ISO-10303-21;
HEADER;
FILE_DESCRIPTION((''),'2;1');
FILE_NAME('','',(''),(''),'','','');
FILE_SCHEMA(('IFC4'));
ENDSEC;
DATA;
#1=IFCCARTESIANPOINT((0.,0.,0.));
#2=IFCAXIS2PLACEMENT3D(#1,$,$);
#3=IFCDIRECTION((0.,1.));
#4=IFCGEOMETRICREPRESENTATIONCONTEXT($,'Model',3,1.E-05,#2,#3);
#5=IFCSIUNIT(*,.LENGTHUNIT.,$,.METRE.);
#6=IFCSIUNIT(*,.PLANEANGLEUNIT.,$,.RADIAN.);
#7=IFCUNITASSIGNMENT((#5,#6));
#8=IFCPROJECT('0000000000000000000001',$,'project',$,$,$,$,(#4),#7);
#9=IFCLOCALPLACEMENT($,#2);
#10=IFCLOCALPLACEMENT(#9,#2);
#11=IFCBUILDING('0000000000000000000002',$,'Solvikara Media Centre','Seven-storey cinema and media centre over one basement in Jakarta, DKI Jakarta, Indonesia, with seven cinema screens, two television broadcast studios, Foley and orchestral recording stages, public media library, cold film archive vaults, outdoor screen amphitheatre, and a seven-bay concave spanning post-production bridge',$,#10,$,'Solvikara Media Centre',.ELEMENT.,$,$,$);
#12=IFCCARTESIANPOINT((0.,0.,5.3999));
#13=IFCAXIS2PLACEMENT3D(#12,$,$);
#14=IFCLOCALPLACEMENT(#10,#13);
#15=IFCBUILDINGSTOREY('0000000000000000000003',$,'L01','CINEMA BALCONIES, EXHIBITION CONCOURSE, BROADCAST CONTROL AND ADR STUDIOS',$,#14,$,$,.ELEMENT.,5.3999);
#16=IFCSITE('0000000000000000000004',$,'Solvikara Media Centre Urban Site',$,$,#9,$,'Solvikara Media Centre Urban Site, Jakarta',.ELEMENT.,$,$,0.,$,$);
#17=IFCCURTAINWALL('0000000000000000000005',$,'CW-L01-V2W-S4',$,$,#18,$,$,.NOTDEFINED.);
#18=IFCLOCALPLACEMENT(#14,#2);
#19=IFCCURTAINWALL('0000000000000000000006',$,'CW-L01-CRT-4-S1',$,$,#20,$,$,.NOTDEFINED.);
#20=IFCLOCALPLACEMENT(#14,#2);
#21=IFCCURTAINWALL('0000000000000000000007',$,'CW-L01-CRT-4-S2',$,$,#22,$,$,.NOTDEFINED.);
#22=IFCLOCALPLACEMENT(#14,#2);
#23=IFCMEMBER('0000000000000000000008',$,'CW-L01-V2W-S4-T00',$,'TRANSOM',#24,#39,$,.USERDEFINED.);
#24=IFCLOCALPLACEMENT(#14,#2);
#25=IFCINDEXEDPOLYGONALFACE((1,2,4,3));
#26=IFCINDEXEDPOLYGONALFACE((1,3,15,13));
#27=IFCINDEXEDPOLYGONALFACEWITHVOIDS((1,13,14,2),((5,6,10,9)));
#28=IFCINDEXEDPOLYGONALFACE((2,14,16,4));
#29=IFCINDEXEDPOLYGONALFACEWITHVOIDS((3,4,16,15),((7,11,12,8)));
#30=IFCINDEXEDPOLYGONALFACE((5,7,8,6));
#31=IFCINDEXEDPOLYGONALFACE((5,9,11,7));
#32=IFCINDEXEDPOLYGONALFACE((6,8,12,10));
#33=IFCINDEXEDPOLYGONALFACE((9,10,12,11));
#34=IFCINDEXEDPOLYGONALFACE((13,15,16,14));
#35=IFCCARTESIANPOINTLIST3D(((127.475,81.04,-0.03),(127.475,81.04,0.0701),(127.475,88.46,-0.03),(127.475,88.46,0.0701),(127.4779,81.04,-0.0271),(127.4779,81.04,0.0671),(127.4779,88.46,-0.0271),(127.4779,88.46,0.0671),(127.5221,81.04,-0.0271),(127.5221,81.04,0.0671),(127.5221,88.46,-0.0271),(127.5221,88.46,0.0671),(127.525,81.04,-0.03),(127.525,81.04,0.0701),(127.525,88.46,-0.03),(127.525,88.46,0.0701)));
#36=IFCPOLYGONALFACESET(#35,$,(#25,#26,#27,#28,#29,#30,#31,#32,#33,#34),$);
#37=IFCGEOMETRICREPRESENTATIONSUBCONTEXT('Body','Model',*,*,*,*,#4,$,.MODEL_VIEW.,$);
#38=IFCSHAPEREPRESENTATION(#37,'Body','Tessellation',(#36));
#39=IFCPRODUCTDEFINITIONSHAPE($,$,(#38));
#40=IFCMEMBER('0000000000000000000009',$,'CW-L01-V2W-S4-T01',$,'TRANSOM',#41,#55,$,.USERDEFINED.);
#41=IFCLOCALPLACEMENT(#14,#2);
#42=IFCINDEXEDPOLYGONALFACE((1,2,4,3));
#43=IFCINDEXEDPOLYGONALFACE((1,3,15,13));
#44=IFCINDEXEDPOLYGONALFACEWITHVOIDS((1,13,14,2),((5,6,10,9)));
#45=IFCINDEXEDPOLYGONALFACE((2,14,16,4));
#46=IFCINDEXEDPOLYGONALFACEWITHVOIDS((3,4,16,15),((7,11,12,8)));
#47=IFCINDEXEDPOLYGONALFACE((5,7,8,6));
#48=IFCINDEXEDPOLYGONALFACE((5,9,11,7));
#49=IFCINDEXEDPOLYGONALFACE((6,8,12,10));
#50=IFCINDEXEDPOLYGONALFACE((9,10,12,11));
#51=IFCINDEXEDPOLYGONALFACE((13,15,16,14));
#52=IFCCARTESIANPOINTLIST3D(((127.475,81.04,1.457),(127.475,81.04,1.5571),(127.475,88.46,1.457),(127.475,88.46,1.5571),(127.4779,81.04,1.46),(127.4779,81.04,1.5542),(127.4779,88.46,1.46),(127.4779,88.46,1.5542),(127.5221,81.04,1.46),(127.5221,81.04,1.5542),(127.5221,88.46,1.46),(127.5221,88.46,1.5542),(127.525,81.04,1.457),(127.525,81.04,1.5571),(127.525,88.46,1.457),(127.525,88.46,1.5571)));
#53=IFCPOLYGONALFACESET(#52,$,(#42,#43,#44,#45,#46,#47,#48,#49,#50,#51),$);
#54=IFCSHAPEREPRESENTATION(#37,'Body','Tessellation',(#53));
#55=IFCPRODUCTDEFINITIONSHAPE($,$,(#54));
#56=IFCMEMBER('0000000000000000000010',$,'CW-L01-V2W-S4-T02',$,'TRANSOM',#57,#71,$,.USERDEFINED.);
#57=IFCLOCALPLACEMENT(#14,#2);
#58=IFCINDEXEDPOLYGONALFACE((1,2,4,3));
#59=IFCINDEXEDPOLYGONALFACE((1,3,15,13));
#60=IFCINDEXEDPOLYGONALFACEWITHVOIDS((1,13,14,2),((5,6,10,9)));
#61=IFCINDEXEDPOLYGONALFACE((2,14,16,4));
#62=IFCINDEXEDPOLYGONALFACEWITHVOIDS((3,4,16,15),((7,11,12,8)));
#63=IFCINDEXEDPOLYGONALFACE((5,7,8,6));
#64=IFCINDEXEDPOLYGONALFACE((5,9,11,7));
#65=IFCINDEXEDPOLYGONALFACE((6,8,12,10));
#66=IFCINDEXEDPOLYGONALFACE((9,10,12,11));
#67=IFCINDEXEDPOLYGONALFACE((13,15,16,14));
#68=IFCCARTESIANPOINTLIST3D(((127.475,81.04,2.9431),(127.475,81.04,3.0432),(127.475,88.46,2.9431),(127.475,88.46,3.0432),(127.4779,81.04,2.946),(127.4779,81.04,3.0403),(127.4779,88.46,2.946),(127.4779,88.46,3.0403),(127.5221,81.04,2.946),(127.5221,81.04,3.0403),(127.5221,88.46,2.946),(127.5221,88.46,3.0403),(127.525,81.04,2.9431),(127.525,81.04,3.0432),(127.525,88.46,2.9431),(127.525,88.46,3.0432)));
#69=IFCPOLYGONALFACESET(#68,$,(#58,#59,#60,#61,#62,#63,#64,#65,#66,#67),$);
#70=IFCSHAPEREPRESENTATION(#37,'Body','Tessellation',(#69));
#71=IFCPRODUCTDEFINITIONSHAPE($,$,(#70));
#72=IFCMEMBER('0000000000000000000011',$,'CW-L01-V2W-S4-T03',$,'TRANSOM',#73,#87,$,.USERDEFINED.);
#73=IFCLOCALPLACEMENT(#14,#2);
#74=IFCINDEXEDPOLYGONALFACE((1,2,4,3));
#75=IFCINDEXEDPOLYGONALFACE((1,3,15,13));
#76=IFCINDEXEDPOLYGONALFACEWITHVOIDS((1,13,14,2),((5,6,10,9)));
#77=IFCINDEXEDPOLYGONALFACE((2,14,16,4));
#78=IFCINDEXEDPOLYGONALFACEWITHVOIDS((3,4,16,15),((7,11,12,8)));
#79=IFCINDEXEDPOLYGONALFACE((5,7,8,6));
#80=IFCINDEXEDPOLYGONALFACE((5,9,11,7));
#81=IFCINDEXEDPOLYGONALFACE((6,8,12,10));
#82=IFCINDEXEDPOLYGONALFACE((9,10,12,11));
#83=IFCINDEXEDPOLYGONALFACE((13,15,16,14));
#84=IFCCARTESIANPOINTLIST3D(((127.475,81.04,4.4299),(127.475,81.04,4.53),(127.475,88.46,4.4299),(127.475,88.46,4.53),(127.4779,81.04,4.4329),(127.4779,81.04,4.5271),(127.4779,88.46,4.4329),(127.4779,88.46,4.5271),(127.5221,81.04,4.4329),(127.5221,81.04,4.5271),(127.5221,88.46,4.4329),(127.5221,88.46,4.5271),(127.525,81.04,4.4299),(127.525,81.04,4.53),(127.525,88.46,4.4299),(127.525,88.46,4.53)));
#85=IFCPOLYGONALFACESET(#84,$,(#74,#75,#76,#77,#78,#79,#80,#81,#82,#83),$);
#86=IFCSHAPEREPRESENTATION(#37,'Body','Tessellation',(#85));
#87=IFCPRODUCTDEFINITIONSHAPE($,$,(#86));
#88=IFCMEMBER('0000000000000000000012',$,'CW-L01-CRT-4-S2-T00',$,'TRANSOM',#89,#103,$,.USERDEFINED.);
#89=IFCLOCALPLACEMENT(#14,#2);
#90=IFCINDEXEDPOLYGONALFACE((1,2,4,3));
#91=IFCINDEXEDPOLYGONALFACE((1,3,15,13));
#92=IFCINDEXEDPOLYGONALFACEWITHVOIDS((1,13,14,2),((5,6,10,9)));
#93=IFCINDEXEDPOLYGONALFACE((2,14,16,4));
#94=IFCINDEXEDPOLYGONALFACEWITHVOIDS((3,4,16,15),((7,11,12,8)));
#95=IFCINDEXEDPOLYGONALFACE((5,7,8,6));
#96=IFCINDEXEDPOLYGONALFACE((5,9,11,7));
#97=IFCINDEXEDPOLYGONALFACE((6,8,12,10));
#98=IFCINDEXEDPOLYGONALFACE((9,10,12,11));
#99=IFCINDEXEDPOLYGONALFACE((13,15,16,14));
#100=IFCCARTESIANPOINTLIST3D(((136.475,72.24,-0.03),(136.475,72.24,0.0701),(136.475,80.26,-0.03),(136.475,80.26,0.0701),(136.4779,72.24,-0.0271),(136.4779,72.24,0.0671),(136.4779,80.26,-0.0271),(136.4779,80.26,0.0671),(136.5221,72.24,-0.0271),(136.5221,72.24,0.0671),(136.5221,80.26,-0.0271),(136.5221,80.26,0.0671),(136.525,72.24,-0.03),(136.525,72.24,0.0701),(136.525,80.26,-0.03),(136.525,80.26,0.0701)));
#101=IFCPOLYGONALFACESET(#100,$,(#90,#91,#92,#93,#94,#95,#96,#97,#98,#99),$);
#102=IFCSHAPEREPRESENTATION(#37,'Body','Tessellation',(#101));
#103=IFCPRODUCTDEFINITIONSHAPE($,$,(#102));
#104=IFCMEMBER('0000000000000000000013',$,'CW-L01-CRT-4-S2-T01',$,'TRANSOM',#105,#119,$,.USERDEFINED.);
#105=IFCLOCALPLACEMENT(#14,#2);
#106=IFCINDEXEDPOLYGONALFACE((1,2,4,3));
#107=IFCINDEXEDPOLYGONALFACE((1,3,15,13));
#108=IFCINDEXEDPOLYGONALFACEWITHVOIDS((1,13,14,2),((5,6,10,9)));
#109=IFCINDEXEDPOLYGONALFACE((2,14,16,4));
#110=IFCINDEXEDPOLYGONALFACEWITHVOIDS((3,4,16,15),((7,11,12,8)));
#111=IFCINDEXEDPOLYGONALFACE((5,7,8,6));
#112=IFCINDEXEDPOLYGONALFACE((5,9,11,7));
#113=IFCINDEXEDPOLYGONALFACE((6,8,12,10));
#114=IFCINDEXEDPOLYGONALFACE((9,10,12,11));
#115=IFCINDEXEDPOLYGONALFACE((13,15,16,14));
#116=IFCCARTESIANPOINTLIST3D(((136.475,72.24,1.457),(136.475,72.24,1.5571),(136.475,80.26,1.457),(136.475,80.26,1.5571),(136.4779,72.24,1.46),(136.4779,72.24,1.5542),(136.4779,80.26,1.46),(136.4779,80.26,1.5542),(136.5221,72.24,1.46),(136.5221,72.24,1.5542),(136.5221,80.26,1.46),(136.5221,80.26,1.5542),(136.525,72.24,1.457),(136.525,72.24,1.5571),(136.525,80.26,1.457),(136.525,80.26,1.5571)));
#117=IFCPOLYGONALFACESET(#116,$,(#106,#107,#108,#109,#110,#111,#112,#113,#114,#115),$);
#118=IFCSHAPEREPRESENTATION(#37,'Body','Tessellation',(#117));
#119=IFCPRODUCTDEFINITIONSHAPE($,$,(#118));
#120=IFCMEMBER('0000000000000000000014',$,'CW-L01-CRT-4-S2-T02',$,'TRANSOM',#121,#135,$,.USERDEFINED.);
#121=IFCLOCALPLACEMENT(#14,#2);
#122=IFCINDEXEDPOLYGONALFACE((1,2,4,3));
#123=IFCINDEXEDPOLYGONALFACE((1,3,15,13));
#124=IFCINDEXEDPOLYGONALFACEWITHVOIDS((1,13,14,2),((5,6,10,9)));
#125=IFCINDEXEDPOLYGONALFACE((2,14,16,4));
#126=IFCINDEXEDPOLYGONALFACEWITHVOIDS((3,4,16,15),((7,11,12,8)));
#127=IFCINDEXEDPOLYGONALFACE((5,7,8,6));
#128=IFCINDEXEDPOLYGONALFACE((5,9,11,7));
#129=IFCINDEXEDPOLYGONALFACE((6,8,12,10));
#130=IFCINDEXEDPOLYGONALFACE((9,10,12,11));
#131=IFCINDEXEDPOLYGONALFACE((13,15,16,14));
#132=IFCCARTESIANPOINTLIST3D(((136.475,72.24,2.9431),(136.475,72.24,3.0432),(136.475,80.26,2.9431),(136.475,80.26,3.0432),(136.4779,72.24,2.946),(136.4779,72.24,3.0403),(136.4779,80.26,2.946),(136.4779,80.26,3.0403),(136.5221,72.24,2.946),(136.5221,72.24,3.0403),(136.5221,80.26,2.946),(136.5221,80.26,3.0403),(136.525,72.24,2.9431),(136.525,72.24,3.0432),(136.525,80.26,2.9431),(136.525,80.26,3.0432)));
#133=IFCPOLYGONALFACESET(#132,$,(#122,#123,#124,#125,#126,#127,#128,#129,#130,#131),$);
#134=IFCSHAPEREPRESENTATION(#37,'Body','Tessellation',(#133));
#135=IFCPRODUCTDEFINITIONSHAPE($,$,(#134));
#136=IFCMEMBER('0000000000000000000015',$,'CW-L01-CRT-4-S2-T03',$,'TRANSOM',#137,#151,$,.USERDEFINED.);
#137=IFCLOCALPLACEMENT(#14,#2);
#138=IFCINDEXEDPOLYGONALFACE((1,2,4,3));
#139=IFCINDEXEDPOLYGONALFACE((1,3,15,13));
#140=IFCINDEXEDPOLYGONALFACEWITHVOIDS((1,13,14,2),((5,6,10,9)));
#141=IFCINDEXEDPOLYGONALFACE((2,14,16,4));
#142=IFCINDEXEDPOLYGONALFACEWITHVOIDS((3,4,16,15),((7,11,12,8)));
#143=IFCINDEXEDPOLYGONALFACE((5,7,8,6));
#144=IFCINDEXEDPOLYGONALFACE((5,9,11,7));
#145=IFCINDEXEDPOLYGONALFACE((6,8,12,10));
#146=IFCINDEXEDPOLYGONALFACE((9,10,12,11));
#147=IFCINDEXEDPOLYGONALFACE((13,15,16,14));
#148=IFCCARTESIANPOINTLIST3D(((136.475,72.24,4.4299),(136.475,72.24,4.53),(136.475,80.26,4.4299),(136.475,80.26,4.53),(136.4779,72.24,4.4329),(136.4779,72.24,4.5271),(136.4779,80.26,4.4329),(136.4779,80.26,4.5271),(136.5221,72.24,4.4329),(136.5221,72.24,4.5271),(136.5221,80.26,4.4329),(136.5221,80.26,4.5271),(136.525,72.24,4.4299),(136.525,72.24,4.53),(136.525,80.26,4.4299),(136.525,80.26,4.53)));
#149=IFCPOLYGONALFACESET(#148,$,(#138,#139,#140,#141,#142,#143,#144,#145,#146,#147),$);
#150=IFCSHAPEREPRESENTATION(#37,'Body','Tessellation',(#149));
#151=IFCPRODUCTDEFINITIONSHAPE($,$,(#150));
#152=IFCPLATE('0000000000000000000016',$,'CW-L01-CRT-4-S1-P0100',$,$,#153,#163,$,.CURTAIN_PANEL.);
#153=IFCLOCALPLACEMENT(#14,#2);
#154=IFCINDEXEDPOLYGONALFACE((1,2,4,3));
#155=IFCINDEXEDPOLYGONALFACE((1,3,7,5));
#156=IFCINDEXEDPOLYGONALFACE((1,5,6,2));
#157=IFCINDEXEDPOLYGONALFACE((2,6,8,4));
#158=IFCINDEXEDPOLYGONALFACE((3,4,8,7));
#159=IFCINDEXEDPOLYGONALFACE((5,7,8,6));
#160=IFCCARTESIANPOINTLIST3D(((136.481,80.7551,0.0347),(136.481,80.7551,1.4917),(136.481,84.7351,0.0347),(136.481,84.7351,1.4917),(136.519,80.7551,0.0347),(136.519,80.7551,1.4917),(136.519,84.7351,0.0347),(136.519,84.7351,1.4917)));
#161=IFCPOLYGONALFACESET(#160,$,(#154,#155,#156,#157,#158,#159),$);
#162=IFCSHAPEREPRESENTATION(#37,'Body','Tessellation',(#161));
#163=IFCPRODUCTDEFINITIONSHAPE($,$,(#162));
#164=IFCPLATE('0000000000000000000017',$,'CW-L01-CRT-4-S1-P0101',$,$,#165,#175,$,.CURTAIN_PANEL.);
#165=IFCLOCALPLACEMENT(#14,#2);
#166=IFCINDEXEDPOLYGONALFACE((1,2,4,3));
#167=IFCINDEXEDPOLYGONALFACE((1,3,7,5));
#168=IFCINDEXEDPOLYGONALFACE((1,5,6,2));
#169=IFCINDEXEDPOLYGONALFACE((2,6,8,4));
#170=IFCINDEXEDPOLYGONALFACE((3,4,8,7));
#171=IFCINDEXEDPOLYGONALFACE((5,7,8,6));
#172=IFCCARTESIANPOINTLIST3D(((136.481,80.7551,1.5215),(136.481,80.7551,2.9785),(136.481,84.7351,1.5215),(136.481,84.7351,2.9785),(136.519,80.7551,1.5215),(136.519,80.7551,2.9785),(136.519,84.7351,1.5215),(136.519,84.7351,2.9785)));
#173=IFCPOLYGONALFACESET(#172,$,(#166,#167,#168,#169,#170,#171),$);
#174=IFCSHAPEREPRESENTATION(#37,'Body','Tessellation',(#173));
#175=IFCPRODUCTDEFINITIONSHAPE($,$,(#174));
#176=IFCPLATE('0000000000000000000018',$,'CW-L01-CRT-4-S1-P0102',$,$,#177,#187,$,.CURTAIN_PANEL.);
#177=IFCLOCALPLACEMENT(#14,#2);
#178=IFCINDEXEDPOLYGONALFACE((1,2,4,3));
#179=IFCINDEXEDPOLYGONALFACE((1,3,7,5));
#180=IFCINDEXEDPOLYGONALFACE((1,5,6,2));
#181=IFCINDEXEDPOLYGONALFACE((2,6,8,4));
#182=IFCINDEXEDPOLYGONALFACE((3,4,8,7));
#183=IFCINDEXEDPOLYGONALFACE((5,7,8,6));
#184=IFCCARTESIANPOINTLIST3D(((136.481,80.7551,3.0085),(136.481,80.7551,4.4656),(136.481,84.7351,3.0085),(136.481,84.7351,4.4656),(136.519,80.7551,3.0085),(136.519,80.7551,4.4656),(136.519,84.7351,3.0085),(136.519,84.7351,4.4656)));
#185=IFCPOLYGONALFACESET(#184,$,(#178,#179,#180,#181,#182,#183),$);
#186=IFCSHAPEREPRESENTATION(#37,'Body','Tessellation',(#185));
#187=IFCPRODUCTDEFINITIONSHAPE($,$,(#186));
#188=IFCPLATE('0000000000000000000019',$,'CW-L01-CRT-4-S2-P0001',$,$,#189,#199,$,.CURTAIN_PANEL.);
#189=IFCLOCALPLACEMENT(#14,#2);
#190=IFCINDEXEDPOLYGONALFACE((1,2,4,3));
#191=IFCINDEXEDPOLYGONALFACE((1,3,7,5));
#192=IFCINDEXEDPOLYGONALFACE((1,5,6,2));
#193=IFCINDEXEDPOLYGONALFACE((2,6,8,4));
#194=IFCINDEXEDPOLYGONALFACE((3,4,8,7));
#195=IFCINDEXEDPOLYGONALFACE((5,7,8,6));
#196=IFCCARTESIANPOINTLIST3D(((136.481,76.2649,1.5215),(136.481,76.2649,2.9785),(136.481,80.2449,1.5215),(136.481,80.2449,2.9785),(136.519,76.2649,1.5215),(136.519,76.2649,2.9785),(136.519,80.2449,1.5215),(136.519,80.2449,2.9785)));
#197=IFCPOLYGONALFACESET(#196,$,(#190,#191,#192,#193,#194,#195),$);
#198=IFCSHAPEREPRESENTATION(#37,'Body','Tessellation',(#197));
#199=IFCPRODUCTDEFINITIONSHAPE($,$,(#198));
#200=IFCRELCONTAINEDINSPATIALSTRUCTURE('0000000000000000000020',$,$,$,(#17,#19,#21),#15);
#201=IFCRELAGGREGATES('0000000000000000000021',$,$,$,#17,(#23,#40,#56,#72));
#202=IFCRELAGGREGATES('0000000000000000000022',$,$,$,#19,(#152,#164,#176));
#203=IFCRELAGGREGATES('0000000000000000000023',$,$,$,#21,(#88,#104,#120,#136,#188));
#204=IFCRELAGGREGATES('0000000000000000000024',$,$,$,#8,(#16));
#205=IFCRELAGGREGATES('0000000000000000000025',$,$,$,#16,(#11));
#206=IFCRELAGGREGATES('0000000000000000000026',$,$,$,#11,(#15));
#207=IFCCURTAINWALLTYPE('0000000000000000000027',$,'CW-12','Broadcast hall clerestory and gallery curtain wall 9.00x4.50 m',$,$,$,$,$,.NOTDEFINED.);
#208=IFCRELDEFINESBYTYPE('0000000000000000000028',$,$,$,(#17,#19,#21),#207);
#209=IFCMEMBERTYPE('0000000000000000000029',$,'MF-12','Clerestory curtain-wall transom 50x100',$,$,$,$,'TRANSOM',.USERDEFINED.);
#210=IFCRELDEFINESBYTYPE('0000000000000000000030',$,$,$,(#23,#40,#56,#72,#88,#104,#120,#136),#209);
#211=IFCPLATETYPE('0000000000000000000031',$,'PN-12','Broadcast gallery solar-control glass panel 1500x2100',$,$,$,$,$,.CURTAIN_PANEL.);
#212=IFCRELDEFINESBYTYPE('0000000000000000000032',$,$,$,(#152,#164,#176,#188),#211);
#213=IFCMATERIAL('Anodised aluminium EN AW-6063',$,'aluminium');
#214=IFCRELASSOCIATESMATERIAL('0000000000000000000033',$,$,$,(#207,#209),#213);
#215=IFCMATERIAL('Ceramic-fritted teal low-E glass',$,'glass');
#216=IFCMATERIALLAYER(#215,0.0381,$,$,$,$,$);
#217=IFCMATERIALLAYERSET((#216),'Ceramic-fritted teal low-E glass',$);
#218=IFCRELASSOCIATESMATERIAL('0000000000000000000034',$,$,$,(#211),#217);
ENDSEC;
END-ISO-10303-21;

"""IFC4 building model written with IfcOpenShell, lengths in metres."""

from ifc_helpers import new_model, si_unit, direction, frame, origin, origin_2d, place, context, subcontext, project, spatial, rectangle, hollow_rectangle, extrude, material, layer, layer_set, material_profile, profile_set, type_object, element, aggregate, save


model = new_model("IFC4")

# Units and contexts
model_context = context("Model", 3, precision=1e-05, world=origin(), true_north=direction((0.0, 1.0)))
body_context = subcontext(model_context, "Body", "Model", "MODEL_VIEW")
ifc_project = project(units=[si_unit("LENGTHUNIT", "METRE"), si_unit("PLANEANGLEUNIT", "RADIAN")], contexts=[model_context])

# Site, building, storey
site_placement = place(None, origin())
site = spatial("IfcSite", under=ifc_project, at=site_placement, Name="Solvikara Media Centre Urban Site", LongName="Solvikara Media Centre Urban Site, Jakarta", CompositionType="ELEMENT", RefElevation=0.0)
building_placement = place(site_placement, origin())
building = spatial("IfcBuilding", under=site, at=building_placement, Name="Solvikara Media Centre", Description="Seven-storey cinema and media centre over one basement in Jakarta, DKI Jakarta, Indonesia, with seven cinema screens, two television broadcast studios, Foley and orchestral recording stages, public media library, cold film archive vaults, outdoor screen amphitheatre, and a seven-bay concave spanning post-production bridge", LongName="Solvikara Media Centre", CompositionType="ELEMENT")
storey_placement = place(building_placement, frame((0.0, 0.0, 5.3999)))
storey = spatial("IfcBuildingStorey", under=building, at=storey_placement, Name="L01", Description="CINEMA BALCONIES, EXHIBITION CONCOURSE, BROADCAST CONTROL AND ADR STUDIOS", CompositionType="ELEMENT", Elevation=5.3999)

# Curtain walls
ifc_material_1 = material(Name="Anodised aluminium EN AW-6063", Category="aluminium")
curtain_wall_type = type_object("IfcCurtainWallType", Name="CW-12", Description="Broadcast hall clerestory and gallery curtain wall 9.00x4.50 m", PredefinedType="NOTDEFINED", material=ifc_material_1)
curtain_wall_1_placement = place(storey_placement, origin())
curtain_wall_1 = element("IfcCurtainWall", 1, at=curtain_wall_1_placement, inside=storey, type_object=curtain_wall_type, Name="CW-L01-V2W-S4", PredefinedType="NOTDEFINED")
curtain_wall_2_placement = place(storey_placement, origin())
curtain_wall_2 = element("IfcCurtainWall", 2, at=curtain_wall_2_placement, inside=storey, type_object=curtain_wall_type, Name="CW-L01-CRT-4-S1", PredefinedType="NOTDEFINED")
curtain_wall_3_placement = place(storey_placement, origin())
curtain_wall_3 = element("IfcCurtainWall", 3, at=curtain_wall_3_placement, inside=storey, type_object=curtain_wall_type, Name="CW-L01-CRT-4-S2", PredefinedType="NOTDEFINED")

# Members
ifc_material_profile_1 = material_profile(ifc_material_1, hollow_rectangle(XDim=0.05, YDim=0.1001, WallThickness=0.0029, at=origin_2d()), Name="ALU-T 50x100x3")
ifc_profile_set_1 = profile_set([ifc_material_profile_1], Name="Anodised aluminium EN AW-6063")
member_type_1 = type_object("IfcMemberType", Name="MF-12", Description="Clerestory curtain-wall transom 50x100", ElementType="TRANSOM", PredefinedType="USERDEFINED", material=ifc_profile_set_1)
member_1_placement = place(storey_placement, frame((127.5, 81.04, 0.02), z_axis=(0.0, 1.0, 0.0), x_axis=(-1.0, 0.0, 0.0)))
member_1 = element("IfcMember", 4, at=member_1_placement, type_object=member_type_1, Name="CW-L01-V2W-S4-T00", ObjectType="TRANSOM", PredefinedType="USERDEFINED", context=body_context, shape_type="SweptSolid", body=[
    extrude(hollow_rectangle(XDim=0.05, YDim=0.1001, WallThickness=0.0029, at=origin_2d()), origin(), (0.0, 0.0, 1.0), 7.4199),
])
member_2_placement = place(storey_placement, frame((127.5, 81.04, 1.5071), z_axis=(0.0, 1.0, 0.0), x_axis=(-1.0, 0.0, 0.0)))
member_2 = element("IfcMember", 5, at=member_2_placement, type_object=member_type_1, Name="CW-L01-V2W-S4-T01", ObjectType="TRANSOM", PredefinedType="USERDEFINED", context=body_context, shape_type="SweptSolid", body=[
    extrude(hollow_rectangle(XDim=0.05, YDim=0.1001, WallThickness=0.0029, at=origin_2d()), origin(), (0.0, 0.0, 1.0), 7.4199),
])
member_3_placement = place(storey_placement, frame((127.5, 81.04, 2.9932), z_axis=(0.0, 1.0, 0.0), x_axis=(-1.0, 0.0, 0.0)))
member_3 = element("IfcMember", 6, at=member_3_placement, type_object=member_type_1, Name="CW-L01-V2W-S4-T02", ObjectType="TRANSOM", PredefinedType="USERDEFINED", context=body_context, shape_type="SweptSolid", body=[
    extrude(hollow_rectangle(XDim=0.05, YDim=0.1001, WallThickness=0.0029, at=origin_2d()), origin(), (0.0, 0.0, 1.0), 7.4199),
])
member_4_placement = place(storey_placement, frame((127.5, 81.04, 4.48), z_axis=(0.0, 1.0, 0.0), x_axis=(-1.0, 0.0, 0.0)))
member_4 = element("IfcMember", 7, at=member_4_placement, type_object=member_type_1, Name="CW-L01-V2W-S4-T03", ObjectType="TRANSOM", PredefinedType="USERDEFINED", context=body_context, shape_type="SweptSolid", body=[
    extrude(hollow_rectangle(XDim=0.05, YDim=0.1001, WallThickness=0.0029, at=origin_2d()), origin(), (0.0, 0.0, 1.0), 7.4199),
])
aggregate(curtain_wall_1, [member_1, member_2, member_3, member_4])
member_5_placement = place(storey_placement, frame((136.5, 80.26, 0.02), z_axis=(0.0, -1.0, 0.0), x_axis=(1.0, 0.0, 0.0)))
member_5 = element("IfcMember", 8, at=member_5_placement, type_object=member_type_1, Name="CW-L01-CRT-4-S2-T00", ObjectType="TRANSOM", PredefinedType="USERDEFINED", context=body_context, shape_type="SweptSolid", body=[
    extrude(hollow_rectangle(XDim=0.05, YDim=0.1001, WallThickness=0.0029, at=origin_2d()), origin(), (0.0, 0.0, 1.0), 8.02),
])
member_6_placement = place(storey_placement, frame((136.5, 80.26, 1.5071), z_axis=(0.0, -1.0, 0.0), x_axis=(1.0, 0.0, 0.0)))
member_6 = element("IfcMember", 9, at=member_6_placement, type_object=member_type_1, Name="CW-L01-CRT-4-S2-T01", ObjectType="TRANSOM", PredefinedType="USERDEFINED", context=body_context, shape_type="SweptSolid", body=[
    extrude(hollow_rectangle(XDim=0.05, YDim=0.1001, WallThickness=0.0029, at=origin_2d()), origin(), (0.0, 0.0, 1.0), 8.02),
])
member_7_placement = place(storey_placement, frame((136.5, 80.26, 2.9932), z_axis=(0.0, -1.0, 0.0), x_axis=(1.0, 0.0, 0.0)))
member_7 = element("IfcMember", 10, at=member_7_placement, type_object=member_type_1, Name="CW-L01-CRT-4-S2-T02", ObjectType="TRANSOM", PredefinedType="USERDEFINED", context=body_context, shape_type="SweptSolid", body=[
    extrude(hollow_rectangle(XDim=0.05, YDim=0.1001, WallThickness=0.0029, at=origin_2d()), origin(), (0.0, 0.0, 1.0), 8.02),
])
member_8_placement = place(storey_placement, frame((136.5, 80.26, 4.48), z_axis=(0.0, -1.0, 0.0), x_axis=(1.0, 0.0, 0.0)))
member_8 = element("IfcMember", 11, at=member_8_placement, type_object=member_type_1, Name="CW-L01-CRT-4-S2-T03", ObjectType="TRANSOM", PredefinedType="USERDEFINED", context=body_context, shape_type="SweptSolid", body=[
    extrude(hollow_rectangle(XDim=0.05, YDim=0.1001, WallThickness=0.0029, at=origin_2d()), origin(), (0.0, 0.0, 1.0), 8.02),
])

# Plates
ifc_material_2 = material(Name="Ceramic-fritted teal low-E glass", Category="glass")
ifc_layer_1 = layer(ifc_material_2, 0.0381)
ifc_layer_set_1 = layer_set([ifc_layer_1], Name="Ceramic-fritted teal low-E glass")
plate_type = type_object("IfcPlateType", Name="PN-12", Description="Broadcast gallery solar-control glass panel 1500x2100", PredefinedType="CURTAIN_PANEL", material=ifc_layer_set_1)
plate_1_placement = place(storey_placement, frame((136.5, 82.7451, 0.0347), z_axis=(0.0, 0.0, 1.0), x_axis=(0.0, -1.0, 0.0)))
plate_1 = element("IfcPlate", 12, at=plate_1_placement, type_object=plate_type, Name="CW-L01-CRT-4-S1-P0100", PredefinedType="CURTAIN_PANEL", context=body_context, shape_type="SweptSolid", body=[
    extrude(rectangle(XDim=3.98, YDim=0.0381, at=origin_2d()), origin(), (0.0, 0.0, 1.0), 1.457),
])
plate_2_placement = place(storey_placement, frame((136.5, 82.7451, 1.5215), z_axis=(0.0, 0.0, 1.0), x_axis=(0.0, -1.0, 0.0)))
plate_2 = element("IfcPlate", 13, at=plate_2_placement, type_object=plate_type, Name="CW-L01-CRT-4-S1-P0101", PredefinedType="CURTAIN_PANEL", context=body_context, shape_type="SweptSolid", body=[
    extrude(rectangle(XDim=3.98, YDim=0.0381, at=origin_2d()), origin(), (0.0, 0.0, 1.0), 1.457),
])
plate_3_placement = place(storey_placement, frame((136.5, 82.7451, 3.0085), z_axis=(0.0, 0.0, 1.0), x_axis=(0.0, -1.0, 0.0)))
plate_3 = element("IfcPlate", 14, at=plate_3_placement, type_object=plate_type, Name="CW-L01-CRT-4-S1-P0102", PredefinedType="CURTAIN_PANEL", context=body_context, shape_type="SweptSolid", body=[
    extrude(rectangle(XDim=3.98, YDim=0.0381, at=origin_2d()), origin(), (0.0, 0.0, 1.0), 1.457),
])
aggregate(curtain_wall_2, [plate_1, plate_2, plate_3])
plate_4_placement = place(storey_placement, frame((136.5, 78.2549, 1.5215), z_axis=(0.0, 0.0, 1.0), x_axis=(0.0, -1.0, 0.0)))
plate_4 = element("IfcPlate", 15, at=plate_4_placement, type_object=plate_type, Name="CW-L01-CRT-4-S2-P0001", PredefinedType="CURTAIN_PANEL", context=body_context, shape_type="SweptSolid", body=[
    extrude(rectangle(XDim=3.98, YDim=0.0381, at=origin_2d()), origin(), (0.0, 0.0, 1.0), 1.457),
])
aggregate(curtain_wall_3, [member_5, member_6, member_7, member_8, plate_4])

save(model, "model.ifc")
